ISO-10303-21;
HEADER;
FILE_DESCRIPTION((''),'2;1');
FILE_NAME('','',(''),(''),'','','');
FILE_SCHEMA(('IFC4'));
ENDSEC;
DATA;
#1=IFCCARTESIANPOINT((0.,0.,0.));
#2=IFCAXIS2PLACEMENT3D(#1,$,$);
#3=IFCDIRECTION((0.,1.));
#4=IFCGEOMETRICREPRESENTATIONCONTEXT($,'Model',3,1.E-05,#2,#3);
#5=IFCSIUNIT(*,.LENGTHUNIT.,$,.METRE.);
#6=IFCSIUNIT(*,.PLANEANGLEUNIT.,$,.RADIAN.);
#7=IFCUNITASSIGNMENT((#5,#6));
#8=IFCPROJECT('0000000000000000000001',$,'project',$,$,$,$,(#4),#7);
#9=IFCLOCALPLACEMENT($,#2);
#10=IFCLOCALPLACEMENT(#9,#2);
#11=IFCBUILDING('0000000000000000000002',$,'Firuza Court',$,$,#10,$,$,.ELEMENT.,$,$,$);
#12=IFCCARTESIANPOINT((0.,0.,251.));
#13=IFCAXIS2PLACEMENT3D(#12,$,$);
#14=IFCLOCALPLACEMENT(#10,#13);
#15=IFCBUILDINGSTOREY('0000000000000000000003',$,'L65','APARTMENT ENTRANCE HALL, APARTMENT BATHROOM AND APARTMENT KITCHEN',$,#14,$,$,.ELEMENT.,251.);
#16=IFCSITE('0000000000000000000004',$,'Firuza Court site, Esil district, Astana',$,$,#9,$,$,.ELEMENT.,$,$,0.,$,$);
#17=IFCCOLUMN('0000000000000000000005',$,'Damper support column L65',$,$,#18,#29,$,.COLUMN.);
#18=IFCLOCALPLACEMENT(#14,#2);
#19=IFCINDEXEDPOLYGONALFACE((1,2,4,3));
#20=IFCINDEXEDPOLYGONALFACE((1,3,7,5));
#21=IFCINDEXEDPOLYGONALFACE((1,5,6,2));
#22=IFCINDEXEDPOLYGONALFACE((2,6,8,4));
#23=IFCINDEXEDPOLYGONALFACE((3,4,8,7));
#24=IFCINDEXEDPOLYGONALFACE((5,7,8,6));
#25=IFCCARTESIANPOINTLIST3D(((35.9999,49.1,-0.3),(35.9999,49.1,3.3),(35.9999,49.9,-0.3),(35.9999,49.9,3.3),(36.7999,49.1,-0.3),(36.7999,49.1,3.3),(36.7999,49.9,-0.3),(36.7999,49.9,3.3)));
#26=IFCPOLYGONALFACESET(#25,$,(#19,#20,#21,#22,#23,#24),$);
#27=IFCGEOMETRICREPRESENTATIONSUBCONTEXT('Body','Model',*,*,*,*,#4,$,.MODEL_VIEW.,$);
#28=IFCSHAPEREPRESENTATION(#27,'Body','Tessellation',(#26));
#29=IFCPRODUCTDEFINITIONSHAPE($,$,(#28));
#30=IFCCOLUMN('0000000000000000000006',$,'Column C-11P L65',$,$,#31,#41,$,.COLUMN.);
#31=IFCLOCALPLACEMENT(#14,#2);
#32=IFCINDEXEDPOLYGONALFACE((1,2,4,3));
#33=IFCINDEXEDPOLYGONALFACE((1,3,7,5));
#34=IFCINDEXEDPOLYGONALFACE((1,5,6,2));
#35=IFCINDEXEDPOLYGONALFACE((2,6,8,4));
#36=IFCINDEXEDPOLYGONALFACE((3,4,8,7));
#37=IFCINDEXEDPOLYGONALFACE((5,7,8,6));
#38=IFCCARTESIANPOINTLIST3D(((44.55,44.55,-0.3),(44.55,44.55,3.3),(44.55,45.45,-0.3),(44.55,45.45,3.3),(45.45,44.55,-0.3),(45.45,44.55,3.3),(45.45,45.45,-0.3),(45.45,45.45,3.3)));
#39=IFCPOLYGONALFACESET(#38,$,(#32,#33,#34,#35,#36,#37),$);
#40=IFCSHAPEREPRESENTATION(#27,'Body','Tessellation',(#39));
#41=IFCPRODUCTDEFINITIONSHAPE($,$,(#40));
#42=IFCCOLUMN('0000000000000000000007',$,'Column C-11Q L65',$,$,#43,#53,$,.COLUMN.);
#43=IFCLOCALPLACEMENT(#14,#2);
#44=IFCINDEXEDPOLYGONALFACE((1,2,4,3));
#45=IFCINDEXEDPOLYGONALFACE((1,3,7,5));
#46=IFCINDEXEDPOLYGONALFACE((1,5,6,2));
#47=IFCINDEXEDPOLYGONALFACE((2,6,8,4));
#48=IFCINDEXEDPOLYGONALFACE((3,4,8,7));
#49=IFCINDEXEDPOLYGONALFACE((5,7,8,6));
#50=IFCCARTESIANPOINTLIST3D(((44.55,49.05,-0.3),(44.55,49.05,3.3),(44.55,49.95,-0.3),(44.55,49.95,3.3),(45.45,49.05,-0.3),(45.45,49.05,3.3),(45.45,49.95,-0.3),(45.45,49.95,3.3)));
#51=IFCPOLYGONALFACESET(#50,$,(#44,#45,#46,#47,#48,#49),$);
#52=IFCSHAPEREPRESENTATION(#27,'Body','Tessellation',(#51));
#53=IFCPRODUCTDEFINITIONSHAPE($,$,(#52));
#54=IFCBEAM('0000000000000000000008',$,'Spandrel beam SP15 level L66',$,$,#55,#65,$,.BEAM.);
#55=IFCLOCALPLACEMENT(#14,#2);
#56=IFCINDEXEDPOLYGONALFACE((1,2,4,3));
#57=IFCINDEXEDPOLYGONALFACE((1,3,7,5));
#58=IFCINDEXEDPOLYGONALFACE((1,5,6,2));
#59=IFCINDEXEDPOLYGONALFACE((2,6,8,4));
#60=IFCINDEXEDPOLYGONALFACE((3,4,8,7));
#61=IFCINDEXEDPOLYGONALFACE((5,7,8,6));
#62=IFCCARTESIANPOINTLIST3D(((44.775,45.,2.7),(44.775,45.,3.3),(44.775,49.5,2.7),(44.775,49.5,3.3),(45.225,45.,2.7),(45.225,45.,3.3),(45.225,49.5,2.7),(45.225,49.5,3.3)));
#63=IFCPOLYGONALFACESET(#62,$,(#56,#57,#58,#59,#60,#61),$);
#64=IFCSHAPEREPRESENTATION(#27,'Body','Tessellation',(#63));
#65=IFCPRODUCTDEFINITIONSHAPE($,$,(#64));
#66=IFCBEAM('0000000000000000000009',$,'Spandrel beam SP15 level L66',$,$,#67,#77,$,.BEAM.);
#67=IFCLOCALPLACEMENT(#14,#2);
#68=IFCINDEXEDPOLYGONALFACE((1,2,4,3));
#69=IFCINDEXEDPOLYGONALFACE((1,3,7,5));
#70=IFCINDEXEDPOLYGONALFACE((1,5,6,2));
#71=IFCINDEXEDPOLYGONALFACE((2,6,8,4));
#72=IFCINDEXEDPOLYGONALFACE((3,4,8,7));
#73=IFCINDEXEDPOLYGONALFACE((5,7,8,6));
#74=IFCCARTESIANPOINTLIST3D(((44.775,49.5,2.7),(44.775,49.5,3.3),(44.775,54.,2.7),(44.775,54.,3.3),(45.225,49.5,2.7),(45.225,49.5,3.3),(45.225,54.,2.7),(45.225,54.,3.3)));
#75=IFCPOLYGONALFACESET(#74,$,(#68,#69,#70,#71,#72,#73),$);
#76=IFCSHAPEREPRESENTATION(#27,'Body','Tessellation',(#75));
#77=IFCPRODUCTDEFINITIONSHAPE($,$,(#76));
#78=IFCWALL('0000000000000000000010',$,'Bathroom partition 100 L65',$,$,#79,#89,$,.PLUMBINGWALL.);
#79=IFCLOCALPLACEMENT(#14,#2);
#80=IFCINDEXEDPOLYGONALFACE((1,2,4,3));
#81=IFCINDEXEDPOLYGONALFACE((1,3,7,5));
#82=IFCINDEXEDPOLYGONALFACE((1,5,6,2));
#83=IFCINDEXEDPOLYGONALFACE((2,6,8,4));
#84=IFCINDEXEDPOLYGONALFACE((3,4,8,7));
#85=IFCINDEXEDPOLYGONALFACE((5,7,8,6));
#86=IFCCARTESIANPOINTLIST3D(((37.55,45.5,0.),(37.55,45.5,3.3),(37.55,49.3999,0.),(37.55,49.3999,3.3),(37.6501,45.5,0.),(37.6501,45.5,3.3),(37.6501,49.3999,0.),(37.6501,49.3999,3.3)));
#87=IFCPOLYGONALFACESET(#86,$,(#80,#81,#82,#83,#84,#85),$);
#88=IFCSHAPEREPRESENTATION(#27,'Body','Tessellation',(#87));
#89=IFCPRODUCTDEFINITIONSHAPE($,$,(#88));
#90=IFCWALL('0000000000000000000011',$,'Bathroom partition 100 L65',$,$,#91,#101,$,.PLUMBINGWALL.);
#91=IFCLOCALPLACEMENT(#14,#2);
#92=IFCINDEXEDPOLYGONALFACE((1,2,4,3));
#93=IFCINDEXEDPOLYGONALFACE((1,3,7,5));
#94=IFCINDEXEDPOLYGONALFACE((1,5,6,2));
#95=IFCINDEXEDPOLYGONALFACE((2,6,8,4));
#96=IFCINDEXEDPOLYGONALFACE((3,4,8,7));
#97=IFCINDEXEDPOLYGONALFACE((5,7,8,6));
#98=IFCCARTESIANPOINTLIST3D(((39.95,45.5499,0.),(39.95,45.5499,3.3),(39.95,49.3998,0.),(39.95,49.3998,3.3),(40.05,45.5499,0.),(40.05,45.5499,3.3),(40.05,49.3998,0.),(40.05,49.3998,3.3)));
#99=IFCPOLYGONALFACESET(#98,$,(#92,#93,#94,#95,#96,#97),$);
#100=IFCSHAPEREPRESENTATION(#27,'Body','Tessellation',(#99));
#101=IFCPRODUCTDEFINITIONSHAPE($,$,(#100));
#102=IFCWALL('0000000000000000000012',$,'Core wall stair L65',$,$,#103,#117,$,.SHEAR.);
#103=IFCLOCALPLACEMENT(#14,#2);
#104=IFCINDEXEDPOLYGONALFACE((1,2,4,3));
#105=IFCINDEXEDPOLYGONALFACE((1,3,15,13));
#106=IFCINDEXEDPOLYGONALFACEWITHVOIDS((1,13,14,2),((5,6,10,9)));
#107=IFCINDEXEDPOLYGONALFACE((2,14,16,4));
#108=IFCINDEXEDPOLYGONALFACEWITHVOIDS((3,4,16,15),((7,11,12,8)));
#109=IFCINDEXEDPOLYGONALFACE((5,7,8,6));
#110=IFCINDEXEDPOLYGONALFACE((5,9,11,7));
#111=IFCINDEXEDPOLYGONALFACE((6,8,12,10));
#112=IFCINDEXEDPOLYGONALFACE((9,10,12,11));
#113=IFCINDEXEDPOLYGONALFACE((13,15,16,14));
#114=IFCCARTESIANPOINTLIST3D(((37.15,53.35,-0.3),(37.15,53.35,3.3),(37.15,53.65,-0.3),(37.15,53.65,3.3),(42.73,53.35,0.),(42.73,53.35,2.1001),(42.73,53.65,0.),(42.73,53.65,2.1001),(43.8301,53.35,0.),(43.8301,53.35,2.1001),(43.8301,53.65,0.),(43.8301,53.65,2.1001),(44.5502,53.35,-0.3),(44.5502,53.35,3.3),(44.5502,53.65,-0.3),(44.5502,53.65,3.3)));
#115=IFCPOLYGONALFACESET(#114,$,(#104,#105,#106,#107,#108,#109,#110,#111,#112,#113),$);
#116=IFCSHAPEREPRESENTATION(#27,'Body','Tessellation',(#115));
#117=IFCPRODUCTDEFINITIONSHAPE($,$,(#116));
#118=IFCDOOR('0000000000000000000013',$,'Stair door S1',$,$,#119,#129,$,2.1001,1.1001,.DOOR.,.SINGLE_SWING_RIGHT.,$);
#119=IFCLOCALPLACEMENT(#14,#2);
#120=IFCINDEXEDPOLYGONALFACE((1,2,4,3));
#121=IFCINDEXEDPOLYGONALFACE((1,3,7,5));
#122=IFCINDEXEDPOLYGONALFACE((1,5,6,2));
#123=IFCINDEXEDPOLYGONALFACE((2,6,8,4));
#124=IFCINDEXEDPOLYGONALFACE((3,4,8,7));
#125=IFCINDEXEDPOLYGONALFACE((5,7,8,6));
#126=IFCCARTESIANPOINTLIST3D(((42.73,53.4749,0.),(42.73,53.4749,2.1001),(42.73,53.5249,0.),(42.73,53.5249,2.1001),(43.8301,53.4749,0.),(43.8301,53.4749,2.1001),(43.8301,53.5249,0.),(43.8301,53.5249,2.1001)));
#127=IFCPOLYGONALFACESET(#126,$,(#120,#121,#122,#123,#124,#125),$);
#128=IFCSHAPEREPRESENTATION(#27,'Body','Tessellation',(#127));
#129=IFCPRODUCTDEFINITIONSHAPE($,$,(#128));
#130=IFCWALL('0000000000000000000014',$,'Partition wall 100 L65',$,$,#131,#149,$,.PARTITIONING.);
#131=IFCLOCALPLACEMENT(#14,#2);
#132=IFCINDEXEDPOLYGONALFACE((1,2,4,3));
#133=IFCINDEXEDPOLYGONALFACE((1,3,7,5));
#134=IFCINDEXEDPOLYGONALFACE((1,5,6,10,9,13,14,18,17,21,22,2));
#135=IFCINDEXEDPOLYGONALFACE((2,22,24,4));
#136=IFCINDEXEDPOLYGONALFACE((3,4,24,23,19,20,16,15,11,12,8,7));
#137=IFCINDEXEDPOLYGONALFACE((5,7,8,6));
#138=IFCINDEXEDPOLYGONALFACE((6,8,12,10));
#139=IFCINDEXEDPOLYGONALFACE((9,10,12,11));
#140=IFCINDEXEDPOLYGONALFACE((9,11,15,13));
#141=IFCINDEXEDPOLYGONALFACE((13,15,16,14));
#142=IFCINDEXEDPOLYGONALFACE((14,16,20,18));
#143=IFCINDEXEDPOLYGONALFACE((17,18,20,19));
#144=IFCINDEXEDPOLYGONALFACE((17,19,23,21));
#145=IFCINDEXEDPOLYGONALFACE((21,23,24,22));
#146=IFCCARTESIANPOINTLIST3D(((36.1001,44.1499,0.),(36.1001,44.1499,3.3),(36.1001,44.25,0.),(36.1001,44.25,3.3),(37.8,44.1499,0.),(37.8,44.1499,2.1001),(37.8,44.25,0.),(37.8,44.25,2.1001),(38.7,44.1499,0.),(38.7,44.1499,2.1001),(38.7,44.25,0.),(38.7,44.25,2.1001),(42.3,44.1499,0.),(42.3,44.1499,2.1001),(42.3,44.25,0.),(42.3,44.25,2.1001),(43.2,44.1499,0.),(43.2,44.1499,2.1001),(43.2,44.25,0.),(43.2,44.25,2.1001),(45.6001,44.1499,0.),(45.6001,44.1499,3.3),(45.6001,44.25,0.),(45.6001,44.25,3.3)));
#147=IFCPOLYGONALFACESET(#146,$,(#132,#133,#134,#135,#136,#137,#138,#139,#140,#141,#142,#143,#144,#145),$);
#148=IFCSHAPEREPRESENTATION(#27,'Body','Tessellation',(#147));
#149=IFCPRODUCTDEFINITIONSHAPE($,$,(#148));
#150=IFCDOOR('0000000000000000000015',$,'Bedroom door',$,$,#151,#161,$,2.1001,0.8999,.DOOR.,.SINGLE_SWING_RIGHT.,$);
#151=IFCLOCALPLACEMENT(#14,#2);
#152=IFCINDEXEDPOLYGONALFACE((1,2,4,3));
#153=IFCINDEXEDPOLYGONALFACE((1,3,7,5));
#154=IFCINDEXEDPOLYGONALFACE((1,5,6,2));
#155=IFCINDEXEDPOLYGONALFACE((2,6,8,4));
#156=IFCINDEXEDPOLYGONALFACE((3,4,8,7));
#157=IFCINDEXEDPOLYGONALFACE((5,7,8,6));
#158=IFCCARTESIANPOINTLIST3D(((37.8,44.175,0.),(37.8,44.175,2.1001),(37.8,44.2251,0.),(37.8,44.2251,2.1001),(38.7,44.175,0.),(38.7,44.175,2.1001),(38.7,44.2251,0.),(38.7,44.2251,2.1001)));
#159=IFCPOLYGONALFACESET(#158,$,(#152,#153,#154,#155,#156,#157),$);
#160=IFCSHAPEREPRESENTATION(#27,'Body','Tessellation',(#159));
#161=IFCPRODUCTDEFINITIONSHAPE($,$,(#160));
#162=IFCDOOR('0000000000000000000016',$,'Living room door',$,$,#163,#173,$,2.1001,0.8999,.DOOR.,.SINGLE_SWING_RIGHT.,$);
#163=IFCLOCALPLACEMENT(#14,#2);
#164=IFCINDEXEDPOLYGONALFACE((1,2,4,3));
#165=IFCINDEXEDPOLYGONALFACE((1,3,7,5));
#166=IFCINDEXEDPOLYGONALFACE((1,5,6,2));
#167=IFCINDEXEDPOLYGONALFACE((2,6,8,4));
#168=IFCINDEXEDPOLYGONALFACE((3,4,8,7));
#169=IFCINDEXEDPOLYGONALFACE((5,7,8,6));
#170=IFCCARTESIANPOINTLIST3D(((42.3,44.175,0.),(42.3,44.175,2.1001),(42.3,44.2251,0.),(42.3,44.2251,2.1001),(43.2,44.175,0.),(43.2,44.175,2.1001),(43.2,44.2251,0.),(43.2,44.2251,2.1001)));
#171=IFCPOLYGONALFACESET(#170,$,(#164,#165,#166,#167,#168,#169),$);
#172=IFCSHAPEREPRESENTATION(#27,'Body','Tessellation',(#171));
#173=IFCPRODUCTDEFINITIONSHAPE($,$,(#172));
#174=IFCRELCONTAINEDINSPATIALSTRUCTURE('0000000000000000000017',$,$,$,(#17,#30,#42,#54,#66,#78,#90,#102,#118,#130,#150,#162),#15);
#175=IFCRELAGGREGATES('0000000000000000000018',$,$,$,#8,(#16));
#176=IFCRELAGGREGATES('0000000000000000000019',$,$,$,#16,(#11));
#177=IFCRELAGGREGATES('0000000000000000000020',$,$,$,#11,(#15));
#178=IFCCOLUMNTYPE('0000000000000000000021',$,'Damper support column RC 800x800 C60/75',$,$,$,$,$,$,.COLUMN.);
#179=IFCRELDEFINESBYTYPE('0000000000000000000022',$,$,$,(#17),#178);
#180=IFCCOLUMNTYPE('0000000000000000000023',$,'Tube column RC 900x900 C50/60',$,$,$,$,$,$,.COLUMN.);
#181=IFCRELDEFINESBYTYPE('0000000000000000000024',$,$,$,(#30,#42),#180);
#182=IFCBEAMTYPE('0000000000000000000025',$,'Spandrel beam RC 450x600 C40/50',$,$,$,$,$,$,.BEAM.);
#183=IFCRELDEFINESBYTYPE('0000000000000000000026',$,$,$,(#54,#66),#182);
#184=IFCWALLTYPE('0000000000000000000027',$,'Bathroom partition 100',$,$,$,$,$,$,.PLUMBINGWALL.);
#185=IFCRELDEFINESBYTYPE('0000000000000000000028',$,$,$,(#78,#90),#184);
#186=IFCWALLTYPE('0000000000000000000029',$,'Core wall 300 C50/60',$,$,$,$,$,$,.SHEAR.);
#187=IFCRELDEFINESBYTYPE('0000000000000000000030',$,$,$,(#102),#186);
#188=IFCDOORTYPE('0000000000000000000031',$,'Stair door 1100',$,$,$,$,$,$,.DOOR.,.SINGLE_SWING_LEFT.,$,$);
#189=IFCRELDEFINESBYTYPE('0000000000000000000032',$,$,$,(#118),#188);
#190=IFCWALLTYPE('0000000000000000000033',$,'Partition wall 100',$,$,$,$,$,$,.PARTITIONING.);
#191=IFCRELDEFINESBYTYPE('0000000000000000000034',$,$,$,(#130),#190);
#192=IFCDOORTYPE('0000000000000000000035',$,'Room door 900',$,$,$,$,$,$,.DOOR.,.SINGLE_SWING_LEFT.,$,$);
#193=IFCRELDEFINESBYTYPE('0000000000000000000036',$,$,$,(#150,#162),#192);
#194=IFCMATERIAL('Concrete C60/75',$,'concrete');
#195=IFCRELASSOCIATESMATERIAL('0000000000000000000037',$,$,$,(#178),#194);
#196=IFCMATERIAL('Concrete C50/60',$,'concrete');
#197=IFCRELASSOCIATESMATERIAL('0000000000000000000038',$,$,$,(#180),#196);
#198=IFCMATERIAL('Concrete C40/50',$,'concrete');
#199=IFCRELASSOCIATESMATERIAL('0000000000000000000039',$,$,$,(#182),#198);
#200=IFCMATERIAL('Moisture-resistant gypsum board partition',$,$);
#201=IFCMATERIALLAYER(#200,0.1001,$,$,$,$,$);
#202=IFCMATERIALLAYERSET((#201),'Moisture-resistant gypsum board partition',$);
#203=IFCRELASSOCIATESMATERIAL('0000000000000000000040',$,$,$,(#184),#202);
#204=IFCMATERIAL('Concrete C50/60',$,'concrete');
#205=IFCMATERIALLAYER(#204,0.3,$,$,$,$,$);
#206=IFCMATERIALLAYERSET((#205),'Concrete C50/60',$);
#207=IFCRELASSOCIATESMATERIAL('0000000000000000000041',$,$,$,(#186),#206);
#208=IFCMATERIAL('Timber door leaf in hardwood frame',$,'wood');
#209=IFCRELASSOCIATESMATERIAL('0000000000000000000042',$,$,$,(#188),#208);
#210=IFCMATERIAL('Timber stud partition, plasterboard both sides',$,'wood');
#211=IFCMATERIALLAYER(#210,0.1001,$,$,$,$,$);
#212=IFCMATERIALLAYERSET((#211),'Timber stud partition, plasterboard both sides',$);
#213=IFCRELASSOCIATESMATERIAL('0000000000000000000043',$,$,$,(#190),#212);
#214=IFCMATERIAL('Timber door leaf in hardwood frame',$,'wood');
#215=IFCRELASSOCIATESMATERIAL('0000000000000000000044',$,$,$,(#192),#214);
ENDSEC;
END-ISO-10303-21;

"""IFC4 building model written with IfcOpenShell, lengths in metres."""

from ifc_helpers import new_model, si_unit, direction, frame, frame_2d, origin, origin_2d, place, context, subcontext, project, spatial, rectangle, extrude, material, layer, layer_set, material_profile, profile_set, type_object, element, fill, save


model = new_model("IFC4")

# Units and contexts
model_context = context("Model", 3, precision=1e-05, world=origin(), true_north=direction((0.0, 1.0)))
body_context = subcontext(model_context, "Body", "Model", "MODEL_VIEW")
ifc_project = project(units=[si_unit("LENGTHUNIT", "METRE"), si_unit("PLANEANGLEUNIT", "RADIAN")], contexts=[model_context])

# Site, building, storey
site_placement = place(None, origin())
site = spatial("IfcSite", under=ifc_project, at=site_placement, Name="Firuza Court site, Esil district, Astana", CompositionType="ELEMENT", RefElevation=0.0)
building_placement = place(site_placement, origin())
building = spatial("IfcBuilding", under=site, at=building_placement, Name="Firuza Court", CompositionType="ELEMENT")
storey_placement = place(building_placement, frame((0.0, 0.0, 251.0)))
storey = spatial("IfcBuildingStorey", under=building, at=storey_placement, Name="L65", Description="APARTMENT ENTRANCE HALL, APARTMENT BATHROOM AND APARTMENT KITCHEN", CompositionType="ELEMENT", Elevation=251.0)

# Columns
ifc_material_1 = material(Name="Concrete C60/75", Category="concrete")
ifc_material_profile_1 = material_profile(ifc_material_1, rectangle(XDim=0.8, YDim=0.8, at=origin_2d()), Name="RC 800x800")
ifc_profile_set_1 = profile_set([ifc_material_profile_1], Name="Concrete C60/75")
column_type_1 = type_object("IfcColumnType", Name="Damper support column RC 800x800 C60/75", PredefinedType="COLUMN", material=ifc_profile_set_1)
column_placement = place(storey_placement, frame((36.3999, 49.5, -0.3), z_axis=(0.0, 0.0, 1.0), x_axis=(1.0, 0.0, 0.0)))
element("IfcColumn", 1, at=column_placement, inside=storey, type_object=column_type_1, Name="Damper support column L65", PredefinedType="COLUMN", context=body_context, shape_type="SweptSolid", body=[
    extrude(rectangle(XDim=0.8, YDim=0.8, at=origin_2d()), origin(), (0.0, 0.0, 1.0), 3.6001),
])
ifc_material_2 = material(Name="Concrete C50/60", Category="concrete")
ifc_material_profile_2 = material_profile(ifc_material_2, rectangle(XDim=0.8999, YDim=0.8999, at=origin_2d()), Name="RC 900x900")
ifc_profile_set_2 = profile_set([ifc_material_profile_2], Name="Concrete C50/60")
column_type_2 = type_object("IfcColumnType", Name="Tube column RC 900x900 C50/60", PredefinedType="COLUMN", material=ifc_profile_set_2)
for number, where, z_axis, x_axis, name in (
    (2, (45.0, 45.0, -0.3), (0.0, 0.0, 1.0), (1.0, 0.0, 0.0), "Column C-11P L65"),
    (3, (45.0, 49.5, -0.3), (0.0, 0.0, 1.0), (1.0, 0.0, 0.0), "Column C-11Q L65"),
):
    element("IfcColumn", number, at=place(storey_placement, frame(where, z_axis=z_axis, x_axis=x_axis)), inside=storey, type_object=column_type_2, Name=name, PredefinedType="COLUMN", context=body_context, shape_type="SweptSolid", body=[
        extrude(rectangle(XDim=0.8999, YDim=0.8999, at=origin_2d()), origin(), (0.0, 0.0, 1.0), 3.6001),
    ])

# Beams
ifc_material_3 = material(Name="Concrete C40/50", Category="concrete")
ifc_material_profile_3 = material_profile(ifc_material_3, rectangle(XDim=0.45, YDim=0.6001, at=origin_2d()), Name="RC 450x600")
ifc_profile_set_3 = profile_set([ifc_material_profile_3], Name="Concrete C40/50")
beam_type = type_object("IfcBeamType", Name="Spandrel beam RC 450x600 C40/50", PredefinedType="BEAM", material=ifc_profile_set_3)
for number, where, z_axis, x_axis, name in (
    (4, (45.0, 45.0, 3.0), (0.0, 1.0, 0.0), (-1.0, 0.0, 0.0), "Spandrel beam SP15 level L66"),
    (5, (45.0, 49.5, 3.0), (0.0, 1.0, 0.0), (-1.0, 0.0, 0.0), "Spandrel beam SP15 level L66"),
):
    element("IfcBeam", number, at=place(storey_placement, frame(where, z_axis=z_axis, x_axis=x_axis)), inside=storey, type_object=beam_type, Name=name, PredefinedType="BEAM", context=body_context, shape_type="SweptSolid", body=[
        extrude(rectangle(XDim=0.45, YDim=0.6001, at=origin_2d()), origin(), (0.0, 0.0, 1.0), 4.5),
    ])

# Walls
ifc_material_4 = material(Name="Moisture-resistant gypsum board partition")
ifc_layer_1 = layer(ifc_material_4, 0.1001)
ifc_layer_set_1 = layer_set([ifc_layer_1], Name="Moisture-resistant gypsum board partition")
wall_type_1 = type_object("IfcWallType", Name="Bathroom partition 100", PredefinedType="PLUMBINGWALL", material=ifc_layer_set_1)
wall_1_placement = place(storey_placement, frame((37.6001, 45.5, 0.0), z_axis=(0.0, 0.0, 1.0), x_axis=(0.0, 1.0, 0.0)))
element("IfcWall", 6, at=wall_1_placement, inside=storey, type_object=wall_type_1, Name="Bathroom partition 100 L65", PredefinedType="PLUMBINGWALL", context=body_context, shape_type="SweptSolid", body=[
    extrude(rectangle(XDim=3.8999, YDim=0.1001, at=frame_2d((1.95, 0.0))), origin(), (0.0, 0.0, 1.0), 3.3),
])
wall_2_placement = place(storey_placement, frame((40.0, 45.55, 0.0), z_axis=(0.0, 0.0, 1.0), x_axis=(0.0, 1.0, 0.0)))
element("IfcWall", 7, at=wall_2_placement, inside=storey, type_object=wall_type_1, Name="Bathroom partition 100 L65", PredefinedType="PLUMBINGWALL", context=body_context, shape_type="SweptSolid", body=[
    extrude(rectangle(XDim=3.8499, YDim=0.1001, at=frame_2d((1.9248, 0.0))), origin(), (0.0, 0.0, 1.0), 3.3),
])

# Wall, opening, door
ifc_material_5 = material(Name="Concrete C50/60", Category="concrete")
ifc_layer_2 = layer(ifc_material_5, 0.3)
ifc_layer_set_2 = layer_set([ifc_layer_2], Name="Concrete C50/60")
wall_type_2 = type_object("IfcWallType", Name="Core wall 300 C50/60", PredefinedType="SHEAR", material=ifc_layer_set_2)
wall_3_placement = place(storey_placement, frame((37.1499, 53.5, -0.3), z_axis=(0.0, 0.0, 1.0), x_axis=(1.0, 0.0, 0.0)))
wall_3 = element("IfcWall", 8, at=wall_3_placement, inside=storey, type_object=wall_type_2, Name="Core wall stair L65", PredefinedType="SHEAR", context=body_context, shape_type="SweptSolid", body=[
    extrude(rectangle(XDim=7.4001, YDim=0.3, at=frame_2d((3.7002, 0.0))), origin(), (0.0, 0.0, 1.0), 3.6001),
])
opening_1_placement = place(wall_3_placement, frame((5.5801, 0.0, 0.3)))
opening_1 = element("IfcOpeningElement", 9, at=opening_1_placement, cuts=wall_3, PredefinedType="OPENING", context=body_context, shape_type="SweptSolid", body=[
    extrude(rectangle(XDim=1.1001, YDim=2.1001, at=frame_2d((0.55, 1.05))), frame((0.0, 0.1621, 0.0), z_axis=(0.0, -1.0, 0.0), x_axis=(1.0, 0.0, 0.0)), (0.0, 0.0, 1.0), 0.324),
])
ifc_material_6 = material(Name="Timber door leaf in hardwood frame", Category="wood")
door_type_1 = type_object("IfcDoorType", Name="Stair door 1100", OperationType="SINGLE_SWING_LEFT", PredefinedType="DOOR", material=ifc_material_6)
door_1_placement = place(opening_1_placement, origin())
door_1 = element("IfcDoor", 10, at=door_1_placement, inside=storey, type_object=door_type_1, Name="Stair door S1", OperationType="SINGLE_SWING_RIGHT", OverallHeight=2.1001, OverallWidth=1.1001, PredefinedType="DOOR", context=body_context, shape_type="SweptSolid", body=[
    extrude(rectangle(XDim=1.1001, YDim=2.1001, at=frame_2d((0.55, 1.05))), frame((0.0, 0.0249, 0.0), z_axis=(0.0, -1.0, 0.0), x_axis=(1.0, 0.0, 0.0)), (0.0, 0.0, 1.0), 0.05),
])
fill(opening_1, door_1)

# Wall, openings, doors
ifc_material_7 = material(Name="Timber stud partition, plasterboard both sides", Category="wood")
ifc_layer_3 = layer(ifc_material_7, 0.1001)
ifc_layer_set_3 = layer_set([ifc_layer_3], Name="Timber stud partition, plasterboard both sides")
wall_type_3 = type_object("IfcWallType", Name="Partition wall 100", PredefinedType="PARTITIONING", material=ifc_layer_set_3)
wall_4_placement = place(storey_placement, frame((36.1001, 44.2, 0.0), z_axis=(0.0, 0.0, 1.0), x_axis=(1.0, 0.0, 0.0)))
wall_4 = element("IfcWall", 11, at=wall_4_placement, inside=storey, type_object=wall_type_3, Name="Partition wall 100 L65", PredefinedType="PARTITIONING", context=body_context, shape_type="SweptSolid", body=[
    extrude(rectangle(XDim=9.5, YDim=0.1001, at=frame_2d((4.75, 0.0))), origin(), (0.0, 0.0, 1.0), 3.3),
])
opening_2_placement = place(wall_4_placement, frame((1.7, 0.0, 0.0)))
opening_2 = element("IfcOpeningElement", 12, at=opening_2_placement, cuts=wall_4, PredefinedType="OPENING", context=body_context, shape_type="SweptSolid", body=[
    extrude(rectangle(XDim=0.8999, YDim=2.1001, at=frame_2d((0.45, 1.05))), frame((0.0, 0.062, 0.0), z_axis=(0.0, -1.0, 0.0), x_axis=(1.0, 0.0, 0.0)), (0.0, 0.0, 1.0), 0.124),
])
opening_3_placement = place(wall_4_placement, frame((6.2, 0.0, 0.0)))
opening_3 = element("IfcOpeningElement", 13, at=opening_3_placement, cuts=wall_4, PredefinedType="OPENING", context=body_context, shape_type="SweptSolid", body=[
    extrude(rectangle(XDim=0.8999, YDim=2.1001, at=frame_2d((0.45, 1.05))), frame((0.0, 0.062, 0.0), z_axis=(0.0, -1.0, 0.0), x_axis=(1.0, 0.0, 0.0)), (0.0, 0.0, 1.0), 0.124),
])
ifc_material_8 = material(Name="Timber door leaf in hardwood frame", Category="wood")
door_type_2 = type_object("IfcDoorType", Name="Room door 900", OperationType="SINGLE_SWING_LEFT", PredefinedType="DOOR", material=ifc_material_8)
door_2_placement = place(opening_2_placement, frame((0.8999, 0.0, 0.0), z_axis=(0.0, 0.0, 1.0), x_axis=(-1.0, 0.0, 0.0)))
door_2 = element("IfcDoor", 14, at=door_2_placement, inside=storey, type_object=door_type_2, Name="Bedroom door", OperationType="SINGLE_SWING_RIGHT", OverallHeight=2.1001, OverallWidth=0.8999, PredefinedType="DOOR", context=body_context, shape_type="SweptSolid", body=[
    extrude(rectangle(XDim=0.8999, YDim=2.1001, at=frame_2d((0.45, 1.05))), frame((0.0, 0.0249, 0.0), z_axis=(0.0, -1.0, 0.0), x_axis=(1.0, 0.0, 0.0)), (0.0, 0.0, 1.0), 0.05),
])
fill(opening_2, door_2)
door_3_placement = place(opening_3_placement, frame((0.8999, 0.0, 0.0), z_axis=(0.0, 0.0, 1.0), x_axis=(-1.0, 0.0, 0.0)))
door_3 = element("IfcDoor", 15, at=door_3_placement, inside=storey, type_object=door_type_2, Name="Living room door", OperationType="SINGLE_SWING_RIGHT", OverallHeight=2.1001, OverallWidth=0.8999, PredefinedType="DOOR", context=body_context, shape_type="SweptSolid", body=[
    extrude(rectangle(XDim=0.8999, YDim=2.1001, at=frame_2d((0.45, 1.05))), frame((0.0, 0.0249, 0.0), z_axis=(0.0, -1.0, 0.0), x_axis=(1.0, 0.0, 0.0)), (0.0, 0.0, 1.0), 0.05),
])
fill(opening_3, door_3)

save(model, "model.ifc")
